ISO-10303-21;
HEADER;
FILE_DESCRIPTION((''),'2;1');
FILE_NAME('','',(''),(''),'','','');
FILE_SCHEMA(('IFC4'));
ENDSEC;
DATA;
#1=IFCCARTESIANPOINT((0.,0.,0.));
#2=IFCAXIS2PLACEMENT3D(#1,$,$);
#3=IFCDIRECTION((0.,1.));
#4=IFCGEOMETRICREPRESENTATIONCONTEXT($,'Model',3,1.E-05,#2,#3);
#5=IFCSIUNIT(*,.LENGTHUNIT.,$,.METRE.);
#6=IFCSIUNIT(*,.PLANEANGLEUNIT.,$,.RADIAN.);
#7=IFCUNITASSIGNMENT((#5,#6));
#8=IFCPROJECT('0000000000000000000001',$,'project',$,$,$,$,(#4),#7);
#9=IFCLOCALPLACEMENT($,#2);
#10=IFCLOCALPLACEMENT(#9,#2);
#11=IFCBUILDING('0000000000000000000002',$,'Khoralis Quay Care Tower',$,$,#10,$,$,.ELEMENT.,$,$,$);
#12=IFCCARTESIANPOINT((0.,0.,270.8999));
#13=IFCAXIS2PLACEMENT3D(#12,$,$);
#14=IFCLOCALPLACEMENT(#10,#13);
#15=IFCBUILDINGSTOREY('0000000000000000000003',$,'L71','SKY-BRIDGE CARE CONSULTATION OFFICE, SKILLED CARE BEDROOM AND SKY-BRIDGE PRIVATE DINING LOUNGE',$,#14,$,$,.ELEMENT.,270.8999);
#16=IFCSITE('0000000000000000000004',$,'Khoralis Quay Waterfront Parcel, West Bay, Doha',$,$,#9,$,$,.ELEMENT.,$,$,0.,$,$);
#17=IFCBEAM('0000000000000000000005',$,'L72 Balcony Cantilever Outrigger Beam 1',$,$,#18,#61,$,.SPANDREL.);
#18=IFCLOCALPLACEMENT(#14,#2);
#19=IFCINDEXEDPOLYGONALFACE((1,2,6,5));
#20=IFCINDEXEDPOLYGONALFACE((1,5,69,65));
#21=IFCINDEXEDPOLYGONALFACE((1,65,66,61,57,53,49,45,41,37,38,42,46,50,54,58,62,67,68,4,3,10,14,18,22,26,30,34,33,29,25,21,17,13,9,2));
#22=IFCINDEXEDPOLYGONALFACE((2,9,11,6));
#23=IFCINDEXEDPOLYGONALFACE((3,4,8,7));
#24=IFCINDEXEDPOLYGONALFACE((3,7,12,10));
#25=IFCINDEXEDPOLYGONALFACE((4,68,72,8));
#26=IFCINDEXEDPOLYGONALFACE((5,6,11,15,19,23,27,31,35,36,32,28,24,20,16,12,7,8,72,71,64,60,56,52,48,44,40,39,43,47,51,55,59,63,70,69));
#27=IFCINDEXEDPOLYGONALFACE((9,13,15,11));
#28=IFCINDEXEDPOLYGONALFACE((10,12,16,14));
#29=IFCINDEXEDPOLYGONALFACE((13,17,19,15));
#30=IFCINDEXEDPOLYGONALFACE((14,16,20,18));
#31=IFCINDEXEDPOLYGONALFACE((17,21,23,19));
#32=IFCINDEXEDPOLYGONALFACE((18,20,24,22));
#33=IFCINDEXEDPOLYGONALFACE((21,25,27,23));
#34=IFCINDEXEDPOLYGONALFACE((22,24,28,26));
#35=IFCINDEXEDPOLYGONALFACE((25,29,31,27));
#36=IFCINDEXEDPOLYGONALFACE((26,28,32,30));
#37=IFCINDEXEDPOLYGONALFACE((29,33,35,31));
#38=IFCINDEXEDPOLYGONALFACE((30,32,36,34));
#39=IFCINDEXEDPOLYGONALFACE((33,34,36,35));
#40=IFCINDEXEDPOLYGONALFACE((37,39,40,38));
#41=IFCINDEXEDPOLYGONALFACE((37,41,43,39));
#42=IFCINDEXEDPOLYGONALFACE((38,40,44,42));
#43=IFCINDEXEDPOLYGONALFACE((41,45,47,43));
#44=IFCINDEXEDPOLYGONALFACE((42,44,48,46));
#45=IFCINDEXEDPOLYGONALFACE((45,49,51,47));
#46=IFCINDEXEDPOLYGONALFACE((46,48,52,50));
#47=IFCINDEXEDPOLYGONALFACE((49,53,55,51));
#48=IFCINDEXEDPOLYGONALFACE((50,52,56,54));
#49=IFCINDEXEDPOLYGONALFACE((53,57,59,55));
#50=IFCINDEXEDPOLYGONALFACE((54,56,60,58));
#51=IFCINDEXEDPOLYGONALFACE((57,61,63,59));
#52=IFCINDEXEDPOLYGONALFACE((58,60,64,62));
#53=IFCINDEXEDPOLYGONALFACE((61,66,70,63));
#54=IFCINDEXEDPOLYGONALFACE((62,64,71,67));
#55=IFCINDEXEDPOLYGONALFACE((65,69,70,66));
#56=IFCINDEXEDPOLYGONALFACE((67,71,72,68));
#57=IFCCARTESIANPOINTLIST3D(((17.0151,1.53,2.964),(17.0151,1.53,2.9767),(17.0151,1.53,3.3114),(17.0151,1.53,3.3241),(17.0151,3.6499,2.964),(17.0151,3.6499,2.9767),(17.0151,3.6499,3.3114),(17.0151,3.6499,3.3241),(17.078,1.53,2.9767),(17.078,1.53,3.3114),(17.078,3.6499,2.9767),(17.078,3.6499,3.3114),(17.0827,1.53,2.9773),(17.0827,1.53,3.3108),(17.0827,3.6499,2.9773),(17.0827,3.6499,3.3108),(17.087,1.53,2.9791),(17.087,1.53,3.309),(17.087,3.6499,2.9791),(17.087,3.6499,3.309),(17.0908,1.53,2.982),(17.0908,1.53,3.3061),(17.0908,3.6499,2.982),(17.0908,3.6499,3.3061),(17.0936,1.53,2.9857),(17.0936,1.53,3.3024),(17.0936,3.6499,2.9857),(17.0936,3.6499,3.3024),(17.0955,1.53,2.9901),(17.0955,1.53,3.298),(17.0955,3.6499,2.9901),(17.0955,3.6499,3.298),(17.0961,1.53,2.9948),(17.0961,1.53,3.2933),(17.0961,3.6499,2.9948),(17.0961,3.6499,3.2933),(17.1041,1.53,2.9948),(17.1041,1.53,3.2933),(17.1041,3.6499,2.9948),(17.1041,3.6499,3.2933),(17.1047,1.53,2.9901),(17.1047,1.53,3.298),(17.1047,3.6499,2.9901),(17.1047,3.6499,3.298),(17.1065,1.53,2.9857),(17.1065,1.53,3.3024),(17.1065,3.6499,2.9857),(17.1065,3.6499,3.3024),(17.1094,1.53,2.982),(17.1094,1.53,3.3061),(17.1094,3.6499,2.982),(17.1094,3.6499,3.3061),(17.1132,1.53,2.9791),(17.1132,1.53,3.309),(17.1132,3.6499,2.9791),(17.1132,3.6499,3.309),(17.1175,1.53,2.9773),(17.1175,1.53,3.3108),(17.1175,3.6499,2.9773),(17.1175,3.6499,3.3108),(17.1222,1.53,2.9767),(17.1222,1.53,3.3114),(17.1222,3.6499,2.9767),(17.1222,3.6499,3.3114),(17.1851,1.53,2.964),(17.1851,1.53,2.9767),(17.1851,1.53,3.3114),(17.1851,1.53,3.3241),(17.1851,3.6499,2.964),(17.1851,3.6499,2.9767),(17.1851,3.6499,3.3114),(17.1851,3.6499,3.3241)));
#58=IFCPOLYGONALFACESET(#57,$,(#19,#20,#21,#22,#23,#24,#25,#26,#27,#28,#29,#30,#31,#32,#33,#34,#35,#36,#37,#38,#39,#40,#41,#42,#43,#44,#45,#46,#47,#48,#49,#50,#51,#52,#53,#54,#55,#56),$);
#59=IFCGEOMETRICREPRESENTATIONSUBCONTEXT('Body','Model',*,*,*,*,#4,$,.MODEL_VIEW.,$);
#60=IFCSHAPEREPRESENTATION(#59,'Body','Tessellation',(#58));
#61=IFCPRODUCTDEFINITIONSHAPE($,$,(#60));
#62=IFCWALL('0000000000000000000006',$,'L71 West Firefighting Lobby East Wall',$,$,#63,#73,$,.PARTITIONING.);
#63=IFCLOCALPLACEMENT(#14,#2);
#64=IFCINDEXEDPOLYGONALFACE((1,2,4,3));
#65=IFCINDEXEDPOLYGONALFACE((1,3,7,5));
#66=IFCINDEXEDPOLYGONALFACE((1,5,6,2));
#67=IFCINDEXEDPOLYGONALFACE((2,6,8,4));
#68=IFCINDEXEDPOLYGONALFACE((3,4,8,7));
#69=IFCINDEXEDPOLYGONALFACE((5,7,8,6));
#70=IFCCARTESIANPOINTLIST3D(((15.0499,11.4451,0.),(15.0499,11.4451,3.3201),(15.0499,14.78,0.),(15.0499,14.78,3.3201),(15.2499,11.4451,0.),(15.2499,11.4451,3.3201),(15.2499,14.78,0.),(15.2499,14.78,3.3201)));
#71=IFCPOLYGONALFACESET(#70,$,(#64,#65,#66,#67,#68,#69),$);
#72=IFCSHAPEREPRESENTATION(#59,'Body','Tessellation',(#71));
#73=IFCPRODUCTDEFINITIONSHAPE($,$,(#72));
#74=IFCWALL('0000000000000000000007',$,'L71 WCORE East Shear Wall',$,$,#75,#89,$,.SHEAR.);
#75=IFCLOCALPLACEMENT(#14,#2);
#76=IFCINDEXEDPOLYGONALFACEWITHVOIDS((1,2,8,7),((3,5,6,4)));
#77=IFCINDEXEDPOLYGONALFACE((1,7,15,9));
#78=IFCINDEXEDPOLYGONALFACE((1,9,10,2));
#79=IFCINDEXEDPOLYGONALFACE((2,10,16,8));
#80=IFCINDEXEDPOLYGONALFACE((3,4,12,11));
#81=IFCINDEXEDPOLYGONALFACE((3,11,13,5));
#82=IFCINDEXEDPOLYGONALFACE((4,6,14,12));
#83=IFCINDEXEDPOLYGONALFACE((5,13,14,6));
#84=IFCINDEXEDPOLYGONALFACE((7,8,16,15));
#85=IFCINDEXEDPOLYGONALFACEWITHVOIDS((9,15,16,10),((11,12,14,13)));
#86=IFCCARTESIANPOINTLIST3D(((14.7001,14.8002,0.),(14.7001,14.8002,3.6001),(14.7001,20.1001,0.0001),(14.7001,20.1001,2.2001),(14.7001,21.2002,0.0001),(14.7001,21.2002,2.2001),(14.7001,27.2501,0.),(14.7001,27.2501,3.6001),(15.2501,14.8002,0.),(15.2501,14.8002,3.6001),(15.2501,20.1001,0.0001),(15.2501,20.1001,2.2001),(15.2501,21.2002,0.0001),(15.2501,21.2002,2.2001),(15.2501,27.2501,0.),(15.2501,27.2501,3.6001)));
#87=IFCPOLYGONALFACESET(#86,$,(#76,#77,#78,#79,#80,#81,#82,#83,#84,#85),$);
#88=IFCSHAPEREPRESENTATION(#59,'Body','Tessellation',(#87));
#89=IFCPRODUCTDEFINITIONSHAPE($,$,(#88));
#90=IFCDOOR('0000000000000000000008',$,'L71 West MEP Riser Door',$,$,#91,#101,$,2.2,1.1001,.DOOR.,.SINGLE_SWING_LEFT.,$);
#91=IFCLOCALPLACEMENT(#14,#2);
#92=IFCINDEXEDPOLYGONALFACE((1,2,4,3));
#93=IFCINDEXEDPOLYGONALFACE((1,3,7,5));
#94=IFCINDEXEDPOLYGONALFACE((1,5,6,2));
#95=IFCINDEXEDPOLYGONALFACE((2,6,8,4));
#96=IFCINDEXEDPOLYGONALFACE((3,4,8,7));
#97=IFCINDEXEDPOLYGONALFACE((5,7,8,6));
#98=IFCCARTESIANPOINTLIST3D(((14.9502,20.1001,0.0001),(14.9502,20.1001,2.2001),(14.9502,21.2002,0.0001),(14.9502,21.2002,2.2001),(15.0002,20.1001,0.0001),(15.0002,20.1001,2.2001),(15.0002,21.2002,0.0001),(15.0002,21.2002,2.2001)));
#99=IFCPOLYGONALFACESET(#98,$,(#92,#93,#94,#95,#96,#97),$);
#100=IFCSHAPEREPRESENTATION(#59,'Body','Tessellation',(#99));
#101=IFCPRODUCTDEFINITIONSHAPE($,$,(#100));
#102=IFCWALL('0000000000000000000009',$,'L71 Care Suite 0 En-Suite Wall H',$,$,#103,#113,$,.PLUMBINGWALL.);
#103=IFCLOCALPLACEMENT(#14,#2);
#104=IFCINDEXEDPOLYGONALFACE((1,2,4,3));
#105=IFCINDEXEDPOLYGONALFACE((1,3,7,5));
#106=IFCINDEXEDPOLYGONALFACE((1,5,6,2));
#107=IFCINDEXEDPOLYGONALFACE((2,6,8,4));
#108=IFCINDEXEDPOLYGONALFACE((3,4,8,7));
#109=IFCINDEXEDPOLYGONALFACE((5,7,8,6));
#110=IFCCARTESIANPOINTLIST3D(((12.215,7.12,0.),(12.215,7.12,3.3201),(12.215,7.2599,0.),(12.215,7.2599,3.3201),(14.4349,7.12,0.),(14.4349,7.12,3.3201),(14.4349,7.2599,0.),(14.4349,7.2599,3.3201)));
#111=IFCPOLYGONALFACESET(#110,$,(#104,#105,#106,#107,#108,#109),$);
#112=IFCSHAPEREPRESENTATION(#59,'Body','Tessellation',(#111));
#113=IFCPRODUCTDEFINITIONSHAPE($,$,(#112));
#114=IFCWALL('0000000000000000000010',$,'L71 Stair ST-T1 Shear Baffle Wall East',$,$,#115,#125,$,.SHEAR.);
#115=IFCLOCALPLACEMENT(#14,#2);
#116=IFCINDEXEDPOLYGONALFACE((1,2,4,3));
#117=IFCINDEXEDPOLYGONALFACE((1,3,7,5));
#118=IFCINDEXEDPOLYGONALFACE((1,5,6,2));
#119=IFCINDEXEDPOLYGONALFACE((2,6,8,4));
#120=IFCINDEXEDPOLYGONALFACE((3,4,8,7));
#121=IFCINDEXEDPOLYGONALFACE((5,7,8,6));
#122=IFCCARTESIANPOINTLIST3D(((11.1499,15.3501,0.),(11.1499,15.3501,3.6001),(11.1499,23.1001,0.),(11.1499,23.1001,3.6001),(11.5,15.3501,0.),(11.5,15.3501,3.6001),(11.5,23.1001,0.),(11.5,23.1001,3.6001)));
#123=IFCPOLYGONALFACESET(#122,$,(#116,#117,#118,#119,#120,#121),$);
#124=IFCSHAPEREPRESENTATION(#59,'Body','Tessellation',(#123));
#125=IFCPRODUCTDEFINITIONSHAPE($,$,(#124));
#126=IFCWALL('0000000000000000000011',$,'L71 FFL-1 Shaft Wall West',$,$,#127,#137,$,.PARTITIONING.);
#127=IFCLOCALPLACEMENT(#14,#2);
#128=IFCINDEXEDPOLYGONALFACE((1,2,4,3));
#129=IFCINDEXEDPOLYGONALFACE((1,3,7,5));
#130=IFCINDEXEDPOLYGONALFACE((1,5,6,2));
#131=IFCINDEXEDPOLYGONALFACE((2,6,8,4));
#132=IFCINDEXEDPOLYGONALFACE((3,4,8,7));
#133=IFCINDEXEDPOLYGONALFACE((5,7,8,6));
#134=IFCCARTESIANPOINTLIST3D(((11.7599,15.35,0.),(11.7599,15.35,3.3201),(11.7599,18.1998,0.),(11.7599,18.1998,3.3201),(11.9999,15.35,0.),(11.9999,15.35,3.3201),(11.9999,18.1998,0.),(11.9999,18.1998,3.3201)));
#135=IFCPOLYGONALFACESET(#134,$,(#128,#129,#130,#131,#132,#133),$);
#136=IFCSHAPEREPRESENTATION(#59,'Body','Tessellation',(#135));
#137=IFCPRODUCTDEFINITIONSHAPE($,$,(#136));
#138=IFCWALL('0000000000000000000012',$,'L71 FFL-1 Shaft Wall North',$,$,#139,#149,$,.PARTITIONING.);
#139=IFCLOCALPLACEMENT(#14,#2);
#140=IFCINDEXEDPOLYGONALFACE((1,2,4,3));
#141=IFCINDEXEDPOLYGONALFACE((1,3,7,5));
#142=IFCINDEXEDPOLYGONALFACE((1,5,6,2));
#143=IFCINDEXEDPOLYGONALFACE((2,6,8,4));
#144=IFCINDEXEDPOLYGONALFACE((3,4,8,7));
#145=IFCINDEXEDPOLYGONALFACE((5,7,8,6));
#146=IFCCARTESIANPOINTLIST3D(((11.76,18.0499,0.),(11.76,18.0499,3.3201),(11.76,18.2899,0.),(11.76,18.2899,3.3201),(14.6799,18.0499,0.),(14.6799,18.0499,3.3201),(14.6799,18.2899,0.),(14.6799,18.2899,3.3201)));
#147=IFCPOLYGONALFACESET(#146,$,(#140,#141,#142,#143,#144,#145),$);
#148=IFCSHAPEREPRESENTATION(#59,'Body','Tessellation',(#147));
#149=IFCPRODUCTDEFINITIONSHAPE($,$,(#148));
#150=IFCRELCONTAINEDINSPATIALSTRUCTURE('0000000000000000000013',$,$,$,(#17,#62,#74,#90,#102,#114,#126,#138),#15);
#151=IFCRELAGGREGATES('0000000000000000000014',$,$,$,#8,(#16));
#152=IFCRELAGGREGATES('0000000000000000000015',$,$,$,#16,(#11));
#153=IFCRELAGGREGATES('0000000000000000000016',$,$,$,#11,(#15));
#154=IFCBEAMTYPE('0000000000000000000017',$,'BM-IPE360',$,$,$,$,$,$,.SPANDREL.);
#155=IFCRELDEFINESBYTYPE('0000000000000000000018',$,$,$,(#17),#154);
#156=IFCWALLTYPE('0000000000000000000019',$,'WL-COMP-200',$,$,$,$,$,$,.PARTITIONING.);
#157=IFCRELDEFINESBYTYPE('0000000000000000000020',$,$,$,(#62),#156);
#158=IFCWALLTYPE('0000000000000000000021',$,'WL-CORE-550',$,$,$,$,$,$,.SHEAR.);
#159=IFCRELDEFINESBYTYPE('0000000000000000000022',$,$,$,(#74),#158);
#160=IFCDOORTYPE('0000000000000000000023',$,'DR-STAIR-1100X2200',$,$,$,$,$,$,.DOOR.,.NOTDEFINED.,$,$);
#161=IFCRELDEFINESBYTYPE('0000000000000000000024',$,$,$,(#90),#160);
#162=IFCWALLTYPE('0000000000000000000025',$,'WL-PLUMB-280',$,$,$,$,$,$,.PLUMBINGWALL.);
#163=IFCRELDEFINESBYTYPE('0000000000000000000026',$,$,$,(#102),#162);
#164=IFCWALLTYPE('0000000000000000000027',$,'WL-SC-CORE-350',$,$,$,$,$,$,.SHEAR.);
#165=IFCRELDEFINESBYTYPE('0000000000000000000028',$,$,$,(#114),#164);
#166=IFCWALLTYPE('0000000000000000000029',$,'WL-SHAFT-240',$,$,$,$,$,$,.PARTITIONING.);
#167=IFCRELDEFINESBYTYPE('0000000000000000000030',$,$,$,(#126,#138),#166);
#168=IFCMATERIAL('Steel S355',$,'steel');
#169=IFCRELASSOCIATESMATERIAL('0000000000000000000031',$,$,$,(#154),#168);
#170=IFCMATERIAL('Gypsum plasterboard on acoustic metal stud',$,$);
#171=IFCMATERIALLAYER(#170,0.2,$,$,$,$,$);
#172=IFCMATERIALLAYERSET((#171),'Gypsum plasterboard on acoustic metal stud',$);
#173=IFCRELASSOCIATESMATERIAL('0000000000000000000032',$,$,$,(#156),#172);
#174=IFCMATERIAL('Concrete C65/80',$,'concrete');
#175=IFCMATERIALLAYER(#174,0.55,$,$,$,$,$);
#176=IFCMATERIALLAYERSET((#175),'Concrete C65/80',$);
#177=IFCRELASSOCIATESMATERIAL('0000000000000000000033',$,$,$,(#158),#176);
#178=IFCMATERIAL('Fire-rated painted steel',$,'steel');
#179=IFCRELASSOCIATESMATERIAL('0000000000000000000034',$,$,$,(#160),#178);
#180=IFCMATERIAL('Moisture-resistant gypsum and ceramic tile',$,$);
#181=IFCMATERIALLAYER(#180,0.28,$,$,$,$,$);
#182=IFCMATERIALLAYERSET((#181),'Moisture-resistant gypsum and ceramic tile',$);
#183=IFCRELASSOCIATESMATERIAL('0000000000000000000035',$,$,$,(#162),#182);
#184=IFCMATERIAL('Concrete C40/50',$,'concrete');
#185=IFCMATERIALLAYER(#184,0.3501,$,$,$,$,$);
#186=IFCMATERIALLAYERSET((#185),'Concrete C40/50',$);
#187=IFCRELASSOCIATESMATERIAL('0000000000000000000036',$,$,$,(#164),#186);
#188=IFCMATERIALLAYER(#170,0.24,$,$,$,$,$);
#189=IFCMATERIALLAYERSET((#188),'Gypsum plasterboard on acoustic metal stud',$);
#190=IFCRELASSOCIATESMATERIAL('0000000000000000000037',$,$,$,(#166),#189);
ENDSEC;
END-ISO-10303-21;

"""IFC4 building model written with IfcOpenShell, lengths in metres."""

from ifc_helpers import new_model, si_unit, direction, frame, frame_2d, origin, origin_2d, place, context, subcontext, project, spatial, rectangle, i_section, extrude, source, transform, mapped, material, layer, layer_set, material_profile, profile_set, type_object, element, fill, save


model = new_model("IFC4")

# Units and contexts
model_context = context("Model", 3, precision=1e-05, world=origin(), true_north=direction((0.0, 1.0)))
body_context = subcontext(model_context, "Body", "Model", "MODEL_VIEW")
ifc_project = project(units=[si_unit("LENGTHUNIT", "METRE"), si_unit("PLANEANGLEUNIT", "RADIAN")], contexts=[model_context])

# Site, building, storey
site_placement = place(None, origin())
site = spatial("IfcSite", under=ifc_project, at=site_placement, Name="Khoralis Quay Waterfront Parcel, West Bay, Doha", CompositionType="ELEMENT", RefElevation=0.0)
building_placement = place(site_placement, origin())
building = spatial("IfcBuilding", under=site, at=building_placement, Name="Khoralis Quay Care Tower", CompositionType="ELEMENT")
storey_placement = place(building_placement, frame((0.0, 0.0, 270.8999)))
storey = spatial("IfcBuildingStorey", under=building, at=storey_placement, Name="L71", Description="SKY-BRIDGE CARE CONSULTATION OFFICE, SKILLED CARE BEDROOM AND SKY-BRIDGE PRIVATE DINING LOUNGE", CompositionType="ELEMENT", Elevation=270.8999)

# Beam
ifc_material_1 = material(Name="Steel S355", Category="steel")
ifc_material_profile_1 = material_profile(ifc_material_1, i_section(OverallWidth=0.1699, OverallDepth=0.3601, WebThickness=0.0081, FlangeThickness=0.0127, FilletRadius=0.0181, at=origin_2d()), Name="Steel S355")
ifc_profile_set_1 = profile_set([ifc_material_profile_1], Name="Steel S355")
beam_type_1 = type_object("IfcBeamType", Name="BM-IPE360", PredefinedType="SPANDREL", material=ifc_profile_set_1)
shared_shape_1 = source(origin(), body_context, "Body", "SweptSolid", [
    extrude(i_section(OverallWidth=0.1699, OverallDepth=0.3601, WebThickness=0.0081, FlangeThickness=0.0127, FilletRadius=0.0181, at=origin_2d()), origin(), (0.0, 0.0, 1.0), 2.1199),
])
beam_1_placement = place(storey_placement, frame((17.1001, 3.6499, 3.144), z_axis=(0.0, -1.0, 0.0), x_axis=(1.0, 0.0, 0.0)))
element("IfcBeam", 1, at=beam_1_placement, inside=storey, type_object=beam_type_1, Name="L72 Balcony Cantilever Outrigger Beam 1", PredefinedType="SPANDREL", context=body_context, shape_type="MappedRepresentation", body=[
    mapped(shared_shape_1, transform((0.0, 0.0, 0.0), scale=1.0)),
])

# Wall
ifc_material_2 = material(Name="Gypsum plasterboard on acoustic metal stud")
ifc_layer_1 = layer(ifc_material_2, 0.2)
ifc_layer_set_1 = layer_set([ifc_layer_1], Name="Gypsum plasterboard on acoustic metal stud")
wall_type_1 = type_object("IfcWallType", Name="WL-COMP-200", PredefinedType="PARTITIONING", material=ifc_layer_set_1)
wall_1_placement = place(storey_placement, frame((15.1499, 11.4451, 0.0), z_axis=(0.0, 0.0, 1.0), x_axis=(0.0, 1.0, 0.0)))
element("IfcWall", 2, at=wall_1_placement, inside=storey, type_object=wall_type_1, Name="L71 West Firefighting Lobby East Wall", PredefinedType="PARTITIONING", context=body_context, shape_type="SweptSolid", body=[
    extrude(rectangle(XDim=3.335, YDim=0.2, at=frame_2d((1.6675, 0.0))), origin(), (0.0, 0.0, 1.0), 3.3201),
])

# Wall, opening, door
ifc_material_3 = material(Name="Concrete C65/80", Category="concrete")
ifc_layer_2 = layer(ifc_material_3, 0.55)
ifc_layer_set_2 = layer_set([ifc_layer_2], Name="Concrete C65/80")
wall_type_2 = type_object("IfcWallType", Name="WL-CORE-550", PredefinedType="SHEAR", material=ifc_layer_set_2)
wall_2_placement = place(storey_placement, frame((14.9751, 14.8, 0.0), z_axis=(0.0, 0.0, 1.0), x_axis=(0.0, 1.0, 0.0)))
wall_2 = element("IfcWall", 3, at=wall_2_placement, inside=storey, type_object=wall_type_2, Name="L71 WCORE East Shear Wall", PredefinedType="SHEAR", context=body_context, shape_type="SweptSolid", body=[
    extrude(rectangle(XDim=12.45, YDim=0.55, at=frame_2d((6.2251, 0.0))), origin(), (0.0, 0.0, 1.0), 3.6001),
])
opening_placement = place(wall_2_placement, frame((5.3, 0.0, 0.0)))
opening = element("IfcOpeningElement", 4, at=opening_placement, cuts=wall_2, PredefinedType="OPENING", context=body_context, shape_type="SweptSolid", body=[
    extrude(rectangle(XDim=1.1001, YDim=2.2, at=frame_2d((0.55, 1.1001))), frame((0.0, 0.2852, 0.0), z_axis=(0.0, -1.0, 0.0), x_axis=(1.0, 0.0, 0.0)), (0.0, 0.0, 1.0), 0.5701),
])
ifc_material_4 = material(Name="Fire-rated painted steel", Category="steel")
door_type = type_object("IfcDoorType", Name="DR-STAIR-1100X2200", OperationType="NOTDEFINED", PredefinedType="DOOR", material=ifc_material_4)
shared_shape_2 = source(origin(), body_context, "Body", "SweptSolid", [
    extrude(rectangle(XDim=1.1001, YDim=2.2, at=frame_2d((0.55, 1.1001))), frame((0.0, 0.0249, 0.0), z_axis=(0.0, -1.0, 0.0), x_axis=(1.0, 0.0, 0.0)), (0.0, 0.0, 1.0), 0.05),
])
door_placement = place(opening_placement, origin())
door = element("IfcDoor", 5, at=door_placement, inside=storey, type_object=door_type, Name="L71 West MEP Riser Door", OperationType="SINGLE_SWING_LEFT", OverallHeight=2.2, OverallWidth=1.1001, PredefinedType="DOOR", context=body_context, shape_type="MappedRepresentation", body=[
    mapped(shared_shape_2, transform((0.0, 0.0, 0.0), scale=1.0)),
])
fill(opening, door)

# Walls
ifc_material_5 = material(Name="Moisture-resistant gypsum and ceramic tile")
ifc_layer_3 = layer(ifc_material_5, 0.28)
ifc_layer_set_3 = layer_set([ifc_layer_3], Name="Moisture-resistant gypsum and ceramic tile")
wall_type_3 = type_object("IfcWallType", Name="WL-PLUMB-280", PredefinedType="PLUMBINGWALL", material=ifc_layer_set_3)
wall_3_placement = place(storey_placement, frame((12.2151, 7.1899, 0.0), z_axis=(0.0, 0.0, 1.0), x_axis=(1.0, 0.0, 0.0)))
element("IfcWall", 6, at=wall_3_placement, inside=storey, type_object=wall_type_3, Name="L71 Care Suite 0 En-Suite Wall H", PredefinedType="PLUMBINGWALL", context=body_context, shape_type="SweptSolid", body=[
    extrude(rectangle(XDim=2.22, YDim=0.1399, at=frame_2d((1.1099, 0.0))), origin(), (0.0, 0.0, 1.0), 3.3201),
])
ifc_material_6 = material(Name="Concrete C40/50", Category="concrete")
ifc_layer_4 = layer(ifc_material_6, 0.3501)
ifc_layer_set_4 = layer_set([ifc_layer_4], Name="Concrete C40/50")
wall_type_4 = type_object("IfcWallType", Name="WL-SC-CORE-350", PredefinedType="SHEAR", material=ifc_layer_set_4)
wall_4_placement = place(storey_placement, frame((11.325, 15.3501, 0.0), z_axis=(0.0, 0.0, 1.0), x_axis=(0.0, 1.0, 0.0)))
element("IfcWall", 7, at=wall_4_placement, inside=storey, type_object=wall_type_4, Name="L71 Stair ST-T1 Shear Baffle Wall East", PredefinedType="SHEAR", context=body_context, shape_type="SweptSolid", body=[
    extrude(rectangle(XDim=7.75, YDim=0.3501, at=frame_2d((3.875, 0.0))), origin(), (0.0, 0.0, 1.0), 3.6001),
])
ifc_layer_5 = layer(ifc_material_2, 0.24)
ifc_layer_set_5 = layer_set([ifc_layer_5], Name="Gypsum plasterboard on acoustic metal stud")
wall_type_5 = type_object("IfcWallType", Name="WL-SHAFT-240", PredefinedType="PARTITIONING", material=ifc_layer_set_5)
wall_5_placement = place(storey_placement, frame((11.8799, 15.3501, 0.0), z_axis=(0.0, 0.0, 1.0), x_axis=(0.0, 1.0, 0.0)))
element("IfcWall", 8, at=wall_5_placement, inside=storey, type_object=wall_type_5, Name="L71 FFL-1 Shaft Wall West", PredefinedType="PARTITIONING", context=body_context, shape_type="SweptSolid", body=[
    extrude(rectangle(XDim=2.8499, YDim=0.24, at=frame_2d((1.4248, 0.0))), origin(), (0.0, 0.0, 1.0), 3.3201),
])
wall_6_placement = place(storey_placement, frame((11.76, 18.1699, 0.0), z_axis=(0.0, 0.0, 1.0), x_axis=(1.0, 0.0, 0.0)))
element("IfcWall", 9, at=wall_6_placement, inside=storey, type_object=wall_type_5, Name="L71 FFL-1 Shaft Wall North", PredefinedType="PARTITIONING", context=body_context, shape_type="SweptSolid", body=[
    extrude(rectangle(XDim=2.9199, YDim=0.24, at=frame_2d((1.46, 0.0))), origin(), (0.0, 0.0, 1.0), 3.3201),
])

save(model, "model.ifc")
